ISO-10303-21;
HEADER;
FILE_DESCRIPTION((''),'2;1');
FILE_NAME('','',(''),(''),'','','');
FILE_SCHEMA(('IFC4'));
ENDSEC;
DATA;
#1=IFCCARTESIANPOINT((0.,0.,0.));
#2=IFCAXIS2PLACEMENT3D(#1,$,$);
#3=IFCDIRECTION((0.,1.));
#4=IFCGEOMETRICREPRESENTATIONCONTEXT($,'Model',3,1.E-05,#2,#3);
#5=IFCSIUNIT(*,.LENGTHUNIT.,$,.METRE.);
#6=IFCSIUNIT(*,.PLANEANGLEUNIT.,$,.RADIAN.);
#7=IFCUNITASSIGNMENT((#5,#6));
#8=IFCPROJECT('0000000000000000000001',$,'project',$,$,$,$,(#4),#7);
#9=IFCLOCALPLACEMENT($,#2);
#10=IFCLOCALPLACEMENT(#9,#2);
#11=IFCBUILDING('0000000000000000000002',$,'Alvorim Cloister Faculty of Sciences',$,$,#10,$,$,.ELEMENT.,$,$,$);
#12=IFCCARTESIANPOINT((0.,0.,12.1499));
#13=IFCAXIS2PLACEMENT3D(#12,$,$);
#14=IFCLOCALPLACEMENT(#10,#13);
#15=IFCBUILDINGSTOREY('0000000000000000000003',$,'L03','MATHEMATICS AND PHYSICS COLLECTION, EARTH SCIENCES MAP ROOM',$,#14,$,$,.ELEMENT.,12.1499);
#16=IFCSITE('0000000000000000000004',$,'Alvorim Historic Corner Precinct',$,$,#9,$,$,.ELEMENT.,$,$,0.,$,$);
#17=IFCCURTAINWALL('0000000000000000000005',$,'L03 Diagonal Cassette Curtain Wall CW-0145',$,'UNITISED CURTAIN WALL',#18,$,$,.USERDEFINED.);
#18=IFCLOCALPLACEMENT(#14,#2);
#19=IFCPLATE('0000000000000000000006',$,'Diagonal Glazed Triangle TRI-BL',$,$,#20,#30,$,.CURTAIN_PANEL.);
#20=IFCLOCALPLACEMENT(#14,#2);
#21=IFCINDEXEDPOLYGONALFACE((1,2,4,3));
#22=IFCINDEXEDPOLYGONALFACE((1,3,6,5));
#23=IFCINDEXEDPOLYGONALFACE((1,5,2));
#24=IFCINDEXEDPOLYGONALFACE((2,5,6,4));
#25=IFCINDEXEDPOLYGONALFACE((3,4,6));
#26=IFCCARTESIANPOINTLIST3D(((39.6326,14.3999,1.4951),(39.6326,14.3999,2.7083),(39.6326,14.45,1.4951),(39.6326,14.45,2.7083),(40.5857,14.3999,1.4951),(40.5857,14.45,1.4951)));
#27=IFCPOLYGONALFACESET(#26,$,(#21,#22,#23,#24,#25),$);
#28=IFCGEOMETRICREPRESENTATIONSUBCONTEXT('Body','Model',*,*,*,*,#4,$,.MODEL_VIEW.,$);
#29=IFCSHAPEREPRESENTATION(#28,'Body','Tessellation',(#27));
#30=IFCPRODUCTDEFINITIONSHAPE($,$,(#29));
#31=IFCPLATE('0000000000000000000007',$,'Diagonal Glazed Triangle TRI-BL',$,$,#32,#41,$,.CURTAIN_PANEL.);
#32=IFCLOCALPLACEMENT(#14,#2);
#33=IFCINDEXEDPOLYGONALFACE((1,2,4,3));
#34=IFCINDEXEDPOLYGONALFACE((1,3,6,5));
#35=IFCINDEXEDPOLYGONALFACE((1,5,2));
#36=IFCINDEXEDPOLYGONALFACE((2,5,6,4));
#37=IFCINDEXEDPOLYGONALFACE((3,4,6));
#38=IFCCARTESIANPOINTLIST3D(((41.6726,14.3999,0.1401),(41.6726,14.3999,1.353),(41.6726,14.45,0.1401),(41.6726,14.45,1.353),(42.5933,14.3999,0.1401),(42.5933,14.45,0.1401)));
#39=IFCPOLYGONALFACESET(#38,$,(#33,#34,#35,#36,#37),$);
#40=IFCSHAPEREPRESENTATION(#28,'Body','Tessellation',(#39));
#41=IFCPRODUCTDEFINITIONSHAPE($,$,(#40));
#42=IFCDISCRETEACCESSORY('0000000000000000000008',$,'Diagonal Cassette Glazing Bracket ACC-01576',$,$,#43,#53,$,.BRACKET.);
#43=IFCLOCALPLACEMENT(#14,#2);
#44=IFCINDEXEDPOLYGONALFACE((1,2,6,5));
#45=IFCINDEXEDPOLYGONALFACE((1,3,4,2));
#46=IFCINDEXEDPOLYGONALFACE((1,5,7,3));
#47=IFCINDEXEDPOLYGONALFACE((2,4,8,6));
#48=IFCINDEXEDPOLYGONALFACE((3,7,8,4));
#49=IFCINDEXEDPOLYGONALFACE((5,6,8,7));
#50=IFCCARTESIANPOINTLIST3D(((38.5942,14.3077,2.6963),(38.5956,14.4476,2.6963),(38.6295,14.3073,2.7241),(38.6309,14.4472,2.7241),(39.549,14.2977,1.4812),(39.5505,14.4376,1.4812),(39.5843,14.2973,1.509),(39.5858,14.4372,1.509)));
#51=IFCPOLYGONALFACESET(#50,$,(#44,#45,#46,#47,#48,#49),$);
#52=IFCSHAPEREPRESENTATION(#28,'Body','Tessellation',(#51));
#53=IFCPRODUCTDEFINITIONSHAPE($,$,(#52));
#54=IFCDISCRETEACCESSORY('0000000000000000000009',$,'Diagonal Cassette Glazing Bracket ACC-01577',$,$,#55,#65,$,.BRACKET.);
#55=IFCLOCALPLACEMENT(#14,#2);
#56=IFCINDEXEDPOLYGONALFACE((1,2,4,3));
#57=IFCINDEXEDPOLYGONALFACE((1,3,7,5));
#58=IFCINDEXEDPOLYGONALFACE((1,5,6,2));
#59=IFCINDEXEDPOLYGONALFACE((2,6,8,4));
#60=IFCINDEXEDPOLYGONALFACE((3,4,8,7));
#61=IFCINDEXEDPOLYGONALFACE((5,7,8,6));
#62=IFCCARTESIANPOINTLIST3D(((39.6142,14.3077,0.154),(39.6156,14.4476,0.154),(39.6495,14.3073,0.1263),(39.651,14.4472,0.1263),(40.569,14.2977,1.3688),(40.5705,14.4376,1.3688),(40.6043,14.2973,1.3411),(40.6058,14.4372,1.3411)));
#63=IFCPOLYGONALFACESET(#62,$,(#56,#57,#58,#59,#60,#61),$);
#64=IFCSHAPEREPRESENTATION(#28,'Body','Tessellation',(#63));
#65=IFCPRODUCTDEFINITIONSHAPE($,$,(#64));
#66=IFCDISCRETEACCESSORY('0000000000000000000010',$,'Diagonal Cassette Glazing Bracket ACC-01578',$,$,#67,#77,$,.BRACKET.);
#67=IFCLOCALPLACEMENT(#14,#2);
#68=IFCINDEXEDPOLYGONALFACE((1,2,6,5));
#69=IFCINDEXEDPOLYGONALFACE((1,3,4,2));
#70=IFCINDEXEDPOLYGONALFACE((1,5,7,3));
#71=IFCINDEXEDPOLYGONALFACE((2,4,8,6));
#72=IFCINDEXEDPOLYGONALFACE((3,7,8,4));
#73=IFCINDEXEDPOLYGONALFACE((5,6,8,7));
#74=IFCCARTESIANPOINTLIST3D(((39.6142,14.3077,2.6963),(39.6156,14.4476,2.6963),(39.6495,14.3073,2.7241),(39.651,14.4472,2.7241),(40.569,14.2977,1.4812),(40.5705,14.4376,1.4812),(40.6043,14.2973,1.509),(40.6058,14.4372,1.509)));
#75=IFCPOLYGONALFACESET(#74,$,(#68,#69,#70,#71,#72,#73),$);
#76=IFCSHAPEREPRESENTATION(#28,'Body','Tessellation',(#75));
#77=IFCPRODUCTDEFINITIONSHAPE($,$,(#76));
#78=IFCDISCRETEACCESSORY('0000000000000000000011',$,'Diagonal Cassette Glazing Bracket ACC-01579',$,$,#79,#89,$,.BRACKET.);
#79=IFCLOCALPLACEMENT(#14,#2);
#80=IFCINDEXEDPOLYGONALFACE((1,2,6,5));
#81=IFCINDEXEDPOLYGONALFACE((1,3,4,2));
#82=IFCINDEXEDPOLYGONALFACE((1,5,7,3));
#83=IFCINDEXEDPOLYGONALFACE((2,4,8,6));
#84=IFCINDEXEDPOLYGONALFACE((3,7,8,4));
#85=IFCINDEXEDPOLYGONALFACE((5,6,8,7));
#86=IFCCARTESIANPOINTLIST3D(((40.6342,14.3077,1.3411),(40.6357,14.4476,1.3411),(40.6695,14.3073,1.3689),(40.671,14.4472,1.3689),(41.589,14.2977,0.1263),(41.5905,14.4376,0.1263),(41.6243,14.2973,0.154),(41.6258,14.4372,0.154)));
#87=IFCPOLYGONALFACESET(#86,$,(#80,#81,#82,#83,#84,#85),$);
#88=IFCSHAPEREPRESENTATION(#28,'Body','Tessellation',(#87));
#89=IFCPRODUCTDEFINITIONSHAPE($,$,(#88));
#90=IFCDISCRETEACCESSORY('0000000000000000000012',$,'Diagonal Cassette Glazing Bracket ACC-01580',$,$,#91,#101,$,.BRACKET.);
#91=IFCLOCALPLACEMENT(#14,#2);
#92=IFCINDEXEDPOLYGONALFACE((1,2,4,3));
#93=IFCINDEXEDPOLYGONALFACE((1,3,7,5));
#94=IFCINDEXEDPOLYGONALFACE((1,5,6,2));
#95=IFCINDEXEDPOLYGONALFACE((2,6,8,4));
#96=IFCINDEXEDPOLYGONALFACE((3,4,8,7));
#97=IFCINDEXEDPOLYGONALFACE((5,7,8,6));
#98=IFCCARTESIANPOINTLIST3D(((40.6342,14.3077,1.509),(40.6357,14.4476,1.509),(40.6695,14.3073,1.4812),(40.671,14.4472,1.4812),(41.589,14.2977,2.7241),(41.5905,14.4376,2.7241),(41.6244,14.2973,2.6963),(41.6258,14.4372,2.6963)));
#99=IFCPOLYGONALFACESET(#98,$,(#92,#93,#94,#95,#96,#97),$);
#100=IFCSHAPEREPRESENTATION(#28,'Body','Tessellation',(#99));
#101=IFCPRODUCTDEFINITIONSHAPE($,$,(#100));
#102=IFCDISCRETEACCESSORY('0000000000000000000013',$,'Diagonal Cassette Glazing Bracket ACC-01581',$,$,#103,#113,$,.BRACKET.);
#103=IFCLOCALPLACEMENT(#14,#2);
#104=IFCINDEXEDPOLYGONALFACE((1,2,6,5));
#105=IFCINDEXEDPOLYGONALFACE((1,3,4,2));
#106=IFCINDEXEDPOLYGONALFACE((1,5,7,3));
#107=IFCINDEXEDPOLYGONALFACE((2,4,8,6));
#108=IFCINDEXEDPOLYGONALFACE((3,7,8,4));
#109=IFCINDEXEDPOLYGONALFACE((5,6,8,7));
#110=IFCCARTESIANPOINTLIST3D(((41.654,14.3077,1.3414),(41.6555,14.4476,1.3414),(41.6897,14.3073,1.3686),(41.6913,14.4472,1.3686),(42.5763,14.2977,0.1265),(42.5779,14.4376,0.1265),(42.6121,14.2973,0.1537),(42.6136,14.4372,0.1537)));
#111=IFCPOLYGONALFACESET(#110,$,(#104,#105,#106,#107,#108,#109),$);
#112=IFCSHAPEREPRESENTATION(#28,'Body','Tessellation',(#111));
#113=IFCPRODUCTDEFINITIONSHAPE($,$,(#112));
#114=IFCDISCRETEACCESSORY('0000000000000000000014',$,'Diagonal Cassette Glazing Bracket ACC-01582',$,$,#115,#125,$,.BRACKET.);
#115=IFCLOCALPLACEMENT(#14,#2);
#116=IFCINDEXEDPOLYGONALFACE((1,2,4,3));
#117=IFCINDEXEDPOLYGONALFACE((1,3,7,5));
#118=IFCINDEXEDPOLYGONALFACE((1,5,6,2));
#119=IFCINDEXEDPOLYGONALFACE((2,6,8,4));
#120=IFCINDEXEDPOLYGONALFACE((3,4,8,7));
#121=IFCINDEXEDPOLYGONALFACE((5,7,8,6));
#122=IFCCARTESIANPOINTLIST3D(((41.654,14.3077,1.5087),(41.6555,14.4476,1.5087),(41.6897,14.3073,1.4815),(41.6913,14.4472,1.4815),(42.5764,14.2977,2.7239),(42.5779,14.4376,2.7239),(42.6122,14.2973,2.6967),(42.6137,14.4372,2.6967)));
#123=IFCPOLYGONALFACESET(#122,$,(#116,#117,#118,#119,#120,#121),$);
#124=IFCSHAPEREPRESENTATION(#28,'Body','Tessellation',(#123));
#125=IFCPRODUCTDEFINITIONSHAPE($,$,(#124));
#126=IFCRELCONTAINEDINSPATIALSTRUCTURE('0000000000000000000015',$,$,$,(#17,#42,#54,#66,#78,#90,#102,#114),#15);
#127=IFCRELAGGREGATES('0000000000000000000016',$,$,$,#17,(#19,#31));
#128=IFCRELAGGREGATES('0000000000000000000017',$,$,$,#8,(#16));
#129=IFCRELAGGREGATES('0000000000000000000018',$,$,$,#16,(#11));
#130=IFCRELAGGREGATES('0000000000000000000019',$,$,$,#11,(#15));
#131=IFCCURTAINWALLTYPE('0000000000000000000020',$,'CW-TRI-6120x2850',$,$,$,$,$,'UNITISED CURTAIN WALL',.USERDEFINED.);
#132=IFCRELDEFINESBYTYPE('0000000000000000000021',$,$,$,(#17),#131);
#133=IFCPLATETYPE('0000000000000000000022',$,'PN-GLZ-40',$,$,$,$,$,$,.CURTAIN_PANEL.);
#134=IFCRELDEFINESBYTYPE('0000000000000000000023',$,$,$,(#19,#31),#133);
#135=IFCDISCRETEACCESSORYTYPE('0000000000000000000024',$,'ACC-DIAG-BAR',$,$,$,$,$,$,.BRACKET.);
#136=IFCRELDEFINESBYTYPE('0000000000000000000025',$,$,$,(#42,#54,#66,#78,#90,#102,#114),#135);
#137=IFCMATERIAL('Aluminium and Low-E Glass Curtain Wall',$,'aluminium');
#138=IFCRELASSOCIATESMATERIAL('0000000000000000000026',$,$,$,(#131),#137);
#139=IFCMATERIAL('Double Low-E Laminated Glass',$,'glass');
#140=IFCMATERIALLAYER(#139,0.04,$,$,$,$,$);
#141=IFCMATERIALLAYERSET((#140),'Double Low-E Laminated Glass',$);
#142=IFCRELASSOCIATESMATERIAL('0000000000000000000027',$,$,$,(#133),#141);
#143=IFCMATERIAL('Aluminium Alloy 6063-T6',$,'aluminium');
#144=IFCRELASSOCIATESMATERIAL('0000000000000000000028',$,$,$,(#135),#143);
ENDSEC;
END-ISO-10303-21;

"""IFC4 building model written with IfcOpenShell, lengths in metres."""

from ifc_helpers import new_model, si_unit, direction, frame, origin, origin_2d, place, context, subcontext, project, spatial, polyline, rectangle, outline, extrude, material, layer, layer_set, type_object, element, aggregate, save


model = new_model("IFC4")

# Units and contexts
model_context = context("Model", 3, precision=1e-05, world=origin(), true_north=direction((0.0, 1.0)))
body_context = subcontext(model_context, "Body", "Model", "MODEL_VIEW")
ifc_project = project(units=[si_unit("LENGTHUNIT", "METRE"), si_unit("PLANEANGLEUNIT", "RADIAN")], contexts=[model_context])

# Site, building, storey
site_placement = place(None, origin())
site = spatial("IfcSite", under=ifc_project, at=site_placement, Name="Alvorim Historic Corner Precinct", CompositionType="ELEMENT", RefElevation=0.0)
building_placement = place(site_placement, origin())
building = spatial("IfcBuilding", under=site, at=building_placement, Name="Alvorim Cloister Faculty of Sciences", CompositionType="ELEMENT")
storey_placement = place(building_placement, frame((0.0, 0.0, 12.1499)))
storey = spatial("IfcBuildingStorey", under=building, at=storey_placement, Name="L03", Description="MATHEMATICS AND PHYSICS COLLECTION, EARTH SCIENCES MAP ROOM", CompositionType="ELEMENT", Elevation=12.1499)

# Curtain wall, plates
ifc_material_1 = material(Name="Aluminium and Low-E Glass Curtain Wall", Category="aluminium")
curtain_wall_type = type_object("IfcCurtainWallType", Name="CW-TRI-6120x2850", ElementType="UNITISED CURTAIN WALL", PredefinedType="USERDEFINED", material=ifc_material_1)
curtain_wall_placement = place(storey_placement, origin())
curtain_wall = element("IfcCurtainWall", 1, at=curtain_wall_placement, inside=storey, type_object=curtain_wall_type, Name="L03 Diagonal Cassette Curtain Wall CW-0145", ObjectType="UNITISED CURTAIN WALL", PredefinedType="USERDEFINED")
ifc_material_2 = material(Name="Aluminium Alloy 6063-T6", Category="aluminium")
ifc_material_3 = material(Name="Double Low-E Laminated Glass", Category="glass")
ifc_layer = layer(ifc_material_3, 0.04)
ifc_layer_set = layer_set([ifc_layer], Name="Double Low-E Laminated Glass")
plate_type = type_object("IfcPlateType", Name="PN-GLZ-40", PredefinedType="CURTAIN_PANEL", material=ifc_layer_set)
plate_1_placement = place(storey_placement, frame((39.6326, 14.425, 1.4951), z_axis=(0.0, 0.0, 1.0), x_axis=(1.0, 0.0, 0.0)))
plate_1 = element("IfcPlate", 2, at=plate_1_placement, type_object=plate_type, Name="Diagonal Glazed Triangle TRI-BL", PredefinedType="CURTAIN_PANEL", context=body_context, shape_type="SweptSolid", body=[
    extrude(outline(polyline([(0.0, 0.0), (0.9531, 0.0), (0.0, 1.2131), (0.0, 0.0)])), frame((0.0, 0.0249, 0.0), z_axis=(0.0, -1.0, 0.0), x_axis=(1.0, 0.0, 0.0)), (0.0, 0.0, 1.0), 0.05),
])
plate_2_placement = place(storey_placement, frame((41.6726, 14.425, 0.1401), z_axis=(0.0, 0.0, 1.0), x_axis=(1.0, 0.0, 0.0)))
plate_2 = element("IfcPlate", 3, at=plate_2_placement, type_object=plate_type, Name="Diagonal Glazed Triangle TRI-BL", PredefinedType="CURTAIN_PANEL", context=body_context, shape_type="SweptSolid", body=[
    extrude(outline(polyline([(0.0, 0.0), (0.9207, 0.0), (0.0, 1.2129), (0.0, 0.0)])), frame((0.0, 0.0249, 0.0), z_axis=(0.0, -1.0, 0.0), x_axis=(1.0, 0.0, 0.0)), (0.0, 0.0, 1.0), 0.05),
])
aggregate(curtain_wall, [plate_1, plate_2])

# Discrete accessories
discrete_accessory_type = type_object("IfcDiscreteAccessoryType", Name="ACC-DIAG-BAR", PredefinedType="BRACKET", material=ifc_material_2)
discrete_accessory_1_placement = place(storey_placement, frame((38.6125, 14.3774, 2.7102), z_axis=(0.617857, -0.006477, -0.786263), x_axis=(0.010483, 0.999945, 0.0)))
element("IfcDiscreteAccessory", 4, at=discrete_accessory_1_placement, inside=storey, type_object=discrete_accessory_type, Name="Diagonal Cassette Glazing Bracket ACC-01576", PredefinedType="BRACKET", context=body_context, shape_type="SweptSolid", body=[
    extrude(rectangle(XDim=0.1399, YDim=0.0449, at=origin_2d()), origin(), (0.0, 0.0, 1.0), 1.5454),
])
discrete_accessory_2_placement = place(storey_placement, frame((39.6326, 14.3774, 0.1401), z_axis=(0.617934, -0.006478, 0.786203), x_axis=(0.010483, 0.999945, 0.0)))
element("IfcDiscreteAccessory", 5, at=discrete_accessory_2_placement, inside=storey, type_object=discrete_accessory_type, Name="Diagonal Cassette Glazing Bracket ACC-01577", PredefinedType="BRACKET", context=body_context, shape_type="SweptSolid", body=[
    extrude(rectangle(XDim=0.1399, YDim=0.0449, at=origin_2d()), origin(), (0.0, 0.0, 1.0), 1.5452),
])
discrete_accessory_3_placement = place(storey_placement, frame((39.6326, 14.3774, 2.7102), z_axis=(0.617857, -0.006477, -0.786263), x_axis=(0.010483, 0.999945, 0.0)))
element("IfcDiscreteAccessory", 6, at=discrete_accessory_3_placement, inside=storey, type_object=discrete_accessory_type, Name="Diagonal Cassette Glazing Bracket ACC-01578", PredefinedType="BRACKET", context=body_context, shape_type="SweptSolid", body=[
    extrude(rectangle(XDim=0.1399, YDim=0.0449, at=origin_2d()), origin(), (0.0, 0.0, 1.0), 1.5454),
])
discrete_accessory_4_placement = place(storey_placement, frame((40.6526, 14.3774, 1.355), z_axis=(0.617934, -0.006478, -0.786203), x_axis=(0.010483, 0.999945, 0.0)))
element("IfcDiscreteAccessory", 7, at=discrete_accessory_4_placement, inside=storey, type_object=discrete_accessory_type, Name="Diagonal Cassette Glazing Bracket ACC-01579", PredefinedType="BRACKET", context=body_context, shape_type="SweptSolid", body=[
    extrude(rectangle(XDim=0.1399, YDim=0.0449, at=origin_2d()), origin(), (0.0, 0.0, 1.0), 1.5452),
])
discrete_accessory_5_placement = place(storey_placement, frame((40.6526, 14.3774, 1.4951), z_axis=(0.617857, -0.006477, 0.786263), x_axis=(0.010483, 0.999945, 0.0)))
element("IfcDiscreteAccessory", 8, at=discrete_accessory_5_placement, inside=storey, type_object=discrete_accessory_type, Name="Diagonal Cassette Glazing Bracket ACC-01580", PredefinedType="BRACKET", context=body_context, shape_type="SweptSolid", body=[
    extrude(rectangle(XDim=0.1399, YDim=0.0449, at=origin_2d()), origin(), (0.0, 0.0, 1.0), 1.5454),
])
discrete_accessory_6_placement = place(storey_placement, frame((41.6726, 14.3774, 1.355), z_axis=(0.604689, -0.006562, -0.796435), x_axis=(0.010852, 0.999941, 0.0)))
element("IfcDiscreteAccessory", 9, at=discrete_accessory_6_placement, inside=storey, type_object=discrete_accessory_type, Name="Diagonal Cassette Glazing Bracket ACC-01581", PredefinedType="BRACKET", context=body_context, shape_type="SweptSolid", body=[
    extrude(rectangle(XDim=0.1399, YDim=0.0449, at=origin_2d()), origin(), (0.0, 0.0, 1.0), 1.5254),
])
discrete_accessory_7_placement = place(storey_placement, frame((41.6726, 14.3774, 1.4951), z_axis=(0.604612, -0.006561, 0.796493), x_axis=(0.010852, 0.999941, 0.0)))
element("IfcDiscreteAccessory", 10, at=discrete_accessory_7_placement, inside=storey, type_object=discrete_accessory_type, Name="Diagonal Cassette Glazing Bracket ACC-01582", PredefinedType="BRACKET", context=body_context, shape_type="SweptSolid", body=[
    extrude(rectangle(XDim=0.1399, YDim=0.0449, at=origin_2d()), origin(), (0.0, 0.0, 1.0), 1.5256),
])

save(model, "model.ifc")
